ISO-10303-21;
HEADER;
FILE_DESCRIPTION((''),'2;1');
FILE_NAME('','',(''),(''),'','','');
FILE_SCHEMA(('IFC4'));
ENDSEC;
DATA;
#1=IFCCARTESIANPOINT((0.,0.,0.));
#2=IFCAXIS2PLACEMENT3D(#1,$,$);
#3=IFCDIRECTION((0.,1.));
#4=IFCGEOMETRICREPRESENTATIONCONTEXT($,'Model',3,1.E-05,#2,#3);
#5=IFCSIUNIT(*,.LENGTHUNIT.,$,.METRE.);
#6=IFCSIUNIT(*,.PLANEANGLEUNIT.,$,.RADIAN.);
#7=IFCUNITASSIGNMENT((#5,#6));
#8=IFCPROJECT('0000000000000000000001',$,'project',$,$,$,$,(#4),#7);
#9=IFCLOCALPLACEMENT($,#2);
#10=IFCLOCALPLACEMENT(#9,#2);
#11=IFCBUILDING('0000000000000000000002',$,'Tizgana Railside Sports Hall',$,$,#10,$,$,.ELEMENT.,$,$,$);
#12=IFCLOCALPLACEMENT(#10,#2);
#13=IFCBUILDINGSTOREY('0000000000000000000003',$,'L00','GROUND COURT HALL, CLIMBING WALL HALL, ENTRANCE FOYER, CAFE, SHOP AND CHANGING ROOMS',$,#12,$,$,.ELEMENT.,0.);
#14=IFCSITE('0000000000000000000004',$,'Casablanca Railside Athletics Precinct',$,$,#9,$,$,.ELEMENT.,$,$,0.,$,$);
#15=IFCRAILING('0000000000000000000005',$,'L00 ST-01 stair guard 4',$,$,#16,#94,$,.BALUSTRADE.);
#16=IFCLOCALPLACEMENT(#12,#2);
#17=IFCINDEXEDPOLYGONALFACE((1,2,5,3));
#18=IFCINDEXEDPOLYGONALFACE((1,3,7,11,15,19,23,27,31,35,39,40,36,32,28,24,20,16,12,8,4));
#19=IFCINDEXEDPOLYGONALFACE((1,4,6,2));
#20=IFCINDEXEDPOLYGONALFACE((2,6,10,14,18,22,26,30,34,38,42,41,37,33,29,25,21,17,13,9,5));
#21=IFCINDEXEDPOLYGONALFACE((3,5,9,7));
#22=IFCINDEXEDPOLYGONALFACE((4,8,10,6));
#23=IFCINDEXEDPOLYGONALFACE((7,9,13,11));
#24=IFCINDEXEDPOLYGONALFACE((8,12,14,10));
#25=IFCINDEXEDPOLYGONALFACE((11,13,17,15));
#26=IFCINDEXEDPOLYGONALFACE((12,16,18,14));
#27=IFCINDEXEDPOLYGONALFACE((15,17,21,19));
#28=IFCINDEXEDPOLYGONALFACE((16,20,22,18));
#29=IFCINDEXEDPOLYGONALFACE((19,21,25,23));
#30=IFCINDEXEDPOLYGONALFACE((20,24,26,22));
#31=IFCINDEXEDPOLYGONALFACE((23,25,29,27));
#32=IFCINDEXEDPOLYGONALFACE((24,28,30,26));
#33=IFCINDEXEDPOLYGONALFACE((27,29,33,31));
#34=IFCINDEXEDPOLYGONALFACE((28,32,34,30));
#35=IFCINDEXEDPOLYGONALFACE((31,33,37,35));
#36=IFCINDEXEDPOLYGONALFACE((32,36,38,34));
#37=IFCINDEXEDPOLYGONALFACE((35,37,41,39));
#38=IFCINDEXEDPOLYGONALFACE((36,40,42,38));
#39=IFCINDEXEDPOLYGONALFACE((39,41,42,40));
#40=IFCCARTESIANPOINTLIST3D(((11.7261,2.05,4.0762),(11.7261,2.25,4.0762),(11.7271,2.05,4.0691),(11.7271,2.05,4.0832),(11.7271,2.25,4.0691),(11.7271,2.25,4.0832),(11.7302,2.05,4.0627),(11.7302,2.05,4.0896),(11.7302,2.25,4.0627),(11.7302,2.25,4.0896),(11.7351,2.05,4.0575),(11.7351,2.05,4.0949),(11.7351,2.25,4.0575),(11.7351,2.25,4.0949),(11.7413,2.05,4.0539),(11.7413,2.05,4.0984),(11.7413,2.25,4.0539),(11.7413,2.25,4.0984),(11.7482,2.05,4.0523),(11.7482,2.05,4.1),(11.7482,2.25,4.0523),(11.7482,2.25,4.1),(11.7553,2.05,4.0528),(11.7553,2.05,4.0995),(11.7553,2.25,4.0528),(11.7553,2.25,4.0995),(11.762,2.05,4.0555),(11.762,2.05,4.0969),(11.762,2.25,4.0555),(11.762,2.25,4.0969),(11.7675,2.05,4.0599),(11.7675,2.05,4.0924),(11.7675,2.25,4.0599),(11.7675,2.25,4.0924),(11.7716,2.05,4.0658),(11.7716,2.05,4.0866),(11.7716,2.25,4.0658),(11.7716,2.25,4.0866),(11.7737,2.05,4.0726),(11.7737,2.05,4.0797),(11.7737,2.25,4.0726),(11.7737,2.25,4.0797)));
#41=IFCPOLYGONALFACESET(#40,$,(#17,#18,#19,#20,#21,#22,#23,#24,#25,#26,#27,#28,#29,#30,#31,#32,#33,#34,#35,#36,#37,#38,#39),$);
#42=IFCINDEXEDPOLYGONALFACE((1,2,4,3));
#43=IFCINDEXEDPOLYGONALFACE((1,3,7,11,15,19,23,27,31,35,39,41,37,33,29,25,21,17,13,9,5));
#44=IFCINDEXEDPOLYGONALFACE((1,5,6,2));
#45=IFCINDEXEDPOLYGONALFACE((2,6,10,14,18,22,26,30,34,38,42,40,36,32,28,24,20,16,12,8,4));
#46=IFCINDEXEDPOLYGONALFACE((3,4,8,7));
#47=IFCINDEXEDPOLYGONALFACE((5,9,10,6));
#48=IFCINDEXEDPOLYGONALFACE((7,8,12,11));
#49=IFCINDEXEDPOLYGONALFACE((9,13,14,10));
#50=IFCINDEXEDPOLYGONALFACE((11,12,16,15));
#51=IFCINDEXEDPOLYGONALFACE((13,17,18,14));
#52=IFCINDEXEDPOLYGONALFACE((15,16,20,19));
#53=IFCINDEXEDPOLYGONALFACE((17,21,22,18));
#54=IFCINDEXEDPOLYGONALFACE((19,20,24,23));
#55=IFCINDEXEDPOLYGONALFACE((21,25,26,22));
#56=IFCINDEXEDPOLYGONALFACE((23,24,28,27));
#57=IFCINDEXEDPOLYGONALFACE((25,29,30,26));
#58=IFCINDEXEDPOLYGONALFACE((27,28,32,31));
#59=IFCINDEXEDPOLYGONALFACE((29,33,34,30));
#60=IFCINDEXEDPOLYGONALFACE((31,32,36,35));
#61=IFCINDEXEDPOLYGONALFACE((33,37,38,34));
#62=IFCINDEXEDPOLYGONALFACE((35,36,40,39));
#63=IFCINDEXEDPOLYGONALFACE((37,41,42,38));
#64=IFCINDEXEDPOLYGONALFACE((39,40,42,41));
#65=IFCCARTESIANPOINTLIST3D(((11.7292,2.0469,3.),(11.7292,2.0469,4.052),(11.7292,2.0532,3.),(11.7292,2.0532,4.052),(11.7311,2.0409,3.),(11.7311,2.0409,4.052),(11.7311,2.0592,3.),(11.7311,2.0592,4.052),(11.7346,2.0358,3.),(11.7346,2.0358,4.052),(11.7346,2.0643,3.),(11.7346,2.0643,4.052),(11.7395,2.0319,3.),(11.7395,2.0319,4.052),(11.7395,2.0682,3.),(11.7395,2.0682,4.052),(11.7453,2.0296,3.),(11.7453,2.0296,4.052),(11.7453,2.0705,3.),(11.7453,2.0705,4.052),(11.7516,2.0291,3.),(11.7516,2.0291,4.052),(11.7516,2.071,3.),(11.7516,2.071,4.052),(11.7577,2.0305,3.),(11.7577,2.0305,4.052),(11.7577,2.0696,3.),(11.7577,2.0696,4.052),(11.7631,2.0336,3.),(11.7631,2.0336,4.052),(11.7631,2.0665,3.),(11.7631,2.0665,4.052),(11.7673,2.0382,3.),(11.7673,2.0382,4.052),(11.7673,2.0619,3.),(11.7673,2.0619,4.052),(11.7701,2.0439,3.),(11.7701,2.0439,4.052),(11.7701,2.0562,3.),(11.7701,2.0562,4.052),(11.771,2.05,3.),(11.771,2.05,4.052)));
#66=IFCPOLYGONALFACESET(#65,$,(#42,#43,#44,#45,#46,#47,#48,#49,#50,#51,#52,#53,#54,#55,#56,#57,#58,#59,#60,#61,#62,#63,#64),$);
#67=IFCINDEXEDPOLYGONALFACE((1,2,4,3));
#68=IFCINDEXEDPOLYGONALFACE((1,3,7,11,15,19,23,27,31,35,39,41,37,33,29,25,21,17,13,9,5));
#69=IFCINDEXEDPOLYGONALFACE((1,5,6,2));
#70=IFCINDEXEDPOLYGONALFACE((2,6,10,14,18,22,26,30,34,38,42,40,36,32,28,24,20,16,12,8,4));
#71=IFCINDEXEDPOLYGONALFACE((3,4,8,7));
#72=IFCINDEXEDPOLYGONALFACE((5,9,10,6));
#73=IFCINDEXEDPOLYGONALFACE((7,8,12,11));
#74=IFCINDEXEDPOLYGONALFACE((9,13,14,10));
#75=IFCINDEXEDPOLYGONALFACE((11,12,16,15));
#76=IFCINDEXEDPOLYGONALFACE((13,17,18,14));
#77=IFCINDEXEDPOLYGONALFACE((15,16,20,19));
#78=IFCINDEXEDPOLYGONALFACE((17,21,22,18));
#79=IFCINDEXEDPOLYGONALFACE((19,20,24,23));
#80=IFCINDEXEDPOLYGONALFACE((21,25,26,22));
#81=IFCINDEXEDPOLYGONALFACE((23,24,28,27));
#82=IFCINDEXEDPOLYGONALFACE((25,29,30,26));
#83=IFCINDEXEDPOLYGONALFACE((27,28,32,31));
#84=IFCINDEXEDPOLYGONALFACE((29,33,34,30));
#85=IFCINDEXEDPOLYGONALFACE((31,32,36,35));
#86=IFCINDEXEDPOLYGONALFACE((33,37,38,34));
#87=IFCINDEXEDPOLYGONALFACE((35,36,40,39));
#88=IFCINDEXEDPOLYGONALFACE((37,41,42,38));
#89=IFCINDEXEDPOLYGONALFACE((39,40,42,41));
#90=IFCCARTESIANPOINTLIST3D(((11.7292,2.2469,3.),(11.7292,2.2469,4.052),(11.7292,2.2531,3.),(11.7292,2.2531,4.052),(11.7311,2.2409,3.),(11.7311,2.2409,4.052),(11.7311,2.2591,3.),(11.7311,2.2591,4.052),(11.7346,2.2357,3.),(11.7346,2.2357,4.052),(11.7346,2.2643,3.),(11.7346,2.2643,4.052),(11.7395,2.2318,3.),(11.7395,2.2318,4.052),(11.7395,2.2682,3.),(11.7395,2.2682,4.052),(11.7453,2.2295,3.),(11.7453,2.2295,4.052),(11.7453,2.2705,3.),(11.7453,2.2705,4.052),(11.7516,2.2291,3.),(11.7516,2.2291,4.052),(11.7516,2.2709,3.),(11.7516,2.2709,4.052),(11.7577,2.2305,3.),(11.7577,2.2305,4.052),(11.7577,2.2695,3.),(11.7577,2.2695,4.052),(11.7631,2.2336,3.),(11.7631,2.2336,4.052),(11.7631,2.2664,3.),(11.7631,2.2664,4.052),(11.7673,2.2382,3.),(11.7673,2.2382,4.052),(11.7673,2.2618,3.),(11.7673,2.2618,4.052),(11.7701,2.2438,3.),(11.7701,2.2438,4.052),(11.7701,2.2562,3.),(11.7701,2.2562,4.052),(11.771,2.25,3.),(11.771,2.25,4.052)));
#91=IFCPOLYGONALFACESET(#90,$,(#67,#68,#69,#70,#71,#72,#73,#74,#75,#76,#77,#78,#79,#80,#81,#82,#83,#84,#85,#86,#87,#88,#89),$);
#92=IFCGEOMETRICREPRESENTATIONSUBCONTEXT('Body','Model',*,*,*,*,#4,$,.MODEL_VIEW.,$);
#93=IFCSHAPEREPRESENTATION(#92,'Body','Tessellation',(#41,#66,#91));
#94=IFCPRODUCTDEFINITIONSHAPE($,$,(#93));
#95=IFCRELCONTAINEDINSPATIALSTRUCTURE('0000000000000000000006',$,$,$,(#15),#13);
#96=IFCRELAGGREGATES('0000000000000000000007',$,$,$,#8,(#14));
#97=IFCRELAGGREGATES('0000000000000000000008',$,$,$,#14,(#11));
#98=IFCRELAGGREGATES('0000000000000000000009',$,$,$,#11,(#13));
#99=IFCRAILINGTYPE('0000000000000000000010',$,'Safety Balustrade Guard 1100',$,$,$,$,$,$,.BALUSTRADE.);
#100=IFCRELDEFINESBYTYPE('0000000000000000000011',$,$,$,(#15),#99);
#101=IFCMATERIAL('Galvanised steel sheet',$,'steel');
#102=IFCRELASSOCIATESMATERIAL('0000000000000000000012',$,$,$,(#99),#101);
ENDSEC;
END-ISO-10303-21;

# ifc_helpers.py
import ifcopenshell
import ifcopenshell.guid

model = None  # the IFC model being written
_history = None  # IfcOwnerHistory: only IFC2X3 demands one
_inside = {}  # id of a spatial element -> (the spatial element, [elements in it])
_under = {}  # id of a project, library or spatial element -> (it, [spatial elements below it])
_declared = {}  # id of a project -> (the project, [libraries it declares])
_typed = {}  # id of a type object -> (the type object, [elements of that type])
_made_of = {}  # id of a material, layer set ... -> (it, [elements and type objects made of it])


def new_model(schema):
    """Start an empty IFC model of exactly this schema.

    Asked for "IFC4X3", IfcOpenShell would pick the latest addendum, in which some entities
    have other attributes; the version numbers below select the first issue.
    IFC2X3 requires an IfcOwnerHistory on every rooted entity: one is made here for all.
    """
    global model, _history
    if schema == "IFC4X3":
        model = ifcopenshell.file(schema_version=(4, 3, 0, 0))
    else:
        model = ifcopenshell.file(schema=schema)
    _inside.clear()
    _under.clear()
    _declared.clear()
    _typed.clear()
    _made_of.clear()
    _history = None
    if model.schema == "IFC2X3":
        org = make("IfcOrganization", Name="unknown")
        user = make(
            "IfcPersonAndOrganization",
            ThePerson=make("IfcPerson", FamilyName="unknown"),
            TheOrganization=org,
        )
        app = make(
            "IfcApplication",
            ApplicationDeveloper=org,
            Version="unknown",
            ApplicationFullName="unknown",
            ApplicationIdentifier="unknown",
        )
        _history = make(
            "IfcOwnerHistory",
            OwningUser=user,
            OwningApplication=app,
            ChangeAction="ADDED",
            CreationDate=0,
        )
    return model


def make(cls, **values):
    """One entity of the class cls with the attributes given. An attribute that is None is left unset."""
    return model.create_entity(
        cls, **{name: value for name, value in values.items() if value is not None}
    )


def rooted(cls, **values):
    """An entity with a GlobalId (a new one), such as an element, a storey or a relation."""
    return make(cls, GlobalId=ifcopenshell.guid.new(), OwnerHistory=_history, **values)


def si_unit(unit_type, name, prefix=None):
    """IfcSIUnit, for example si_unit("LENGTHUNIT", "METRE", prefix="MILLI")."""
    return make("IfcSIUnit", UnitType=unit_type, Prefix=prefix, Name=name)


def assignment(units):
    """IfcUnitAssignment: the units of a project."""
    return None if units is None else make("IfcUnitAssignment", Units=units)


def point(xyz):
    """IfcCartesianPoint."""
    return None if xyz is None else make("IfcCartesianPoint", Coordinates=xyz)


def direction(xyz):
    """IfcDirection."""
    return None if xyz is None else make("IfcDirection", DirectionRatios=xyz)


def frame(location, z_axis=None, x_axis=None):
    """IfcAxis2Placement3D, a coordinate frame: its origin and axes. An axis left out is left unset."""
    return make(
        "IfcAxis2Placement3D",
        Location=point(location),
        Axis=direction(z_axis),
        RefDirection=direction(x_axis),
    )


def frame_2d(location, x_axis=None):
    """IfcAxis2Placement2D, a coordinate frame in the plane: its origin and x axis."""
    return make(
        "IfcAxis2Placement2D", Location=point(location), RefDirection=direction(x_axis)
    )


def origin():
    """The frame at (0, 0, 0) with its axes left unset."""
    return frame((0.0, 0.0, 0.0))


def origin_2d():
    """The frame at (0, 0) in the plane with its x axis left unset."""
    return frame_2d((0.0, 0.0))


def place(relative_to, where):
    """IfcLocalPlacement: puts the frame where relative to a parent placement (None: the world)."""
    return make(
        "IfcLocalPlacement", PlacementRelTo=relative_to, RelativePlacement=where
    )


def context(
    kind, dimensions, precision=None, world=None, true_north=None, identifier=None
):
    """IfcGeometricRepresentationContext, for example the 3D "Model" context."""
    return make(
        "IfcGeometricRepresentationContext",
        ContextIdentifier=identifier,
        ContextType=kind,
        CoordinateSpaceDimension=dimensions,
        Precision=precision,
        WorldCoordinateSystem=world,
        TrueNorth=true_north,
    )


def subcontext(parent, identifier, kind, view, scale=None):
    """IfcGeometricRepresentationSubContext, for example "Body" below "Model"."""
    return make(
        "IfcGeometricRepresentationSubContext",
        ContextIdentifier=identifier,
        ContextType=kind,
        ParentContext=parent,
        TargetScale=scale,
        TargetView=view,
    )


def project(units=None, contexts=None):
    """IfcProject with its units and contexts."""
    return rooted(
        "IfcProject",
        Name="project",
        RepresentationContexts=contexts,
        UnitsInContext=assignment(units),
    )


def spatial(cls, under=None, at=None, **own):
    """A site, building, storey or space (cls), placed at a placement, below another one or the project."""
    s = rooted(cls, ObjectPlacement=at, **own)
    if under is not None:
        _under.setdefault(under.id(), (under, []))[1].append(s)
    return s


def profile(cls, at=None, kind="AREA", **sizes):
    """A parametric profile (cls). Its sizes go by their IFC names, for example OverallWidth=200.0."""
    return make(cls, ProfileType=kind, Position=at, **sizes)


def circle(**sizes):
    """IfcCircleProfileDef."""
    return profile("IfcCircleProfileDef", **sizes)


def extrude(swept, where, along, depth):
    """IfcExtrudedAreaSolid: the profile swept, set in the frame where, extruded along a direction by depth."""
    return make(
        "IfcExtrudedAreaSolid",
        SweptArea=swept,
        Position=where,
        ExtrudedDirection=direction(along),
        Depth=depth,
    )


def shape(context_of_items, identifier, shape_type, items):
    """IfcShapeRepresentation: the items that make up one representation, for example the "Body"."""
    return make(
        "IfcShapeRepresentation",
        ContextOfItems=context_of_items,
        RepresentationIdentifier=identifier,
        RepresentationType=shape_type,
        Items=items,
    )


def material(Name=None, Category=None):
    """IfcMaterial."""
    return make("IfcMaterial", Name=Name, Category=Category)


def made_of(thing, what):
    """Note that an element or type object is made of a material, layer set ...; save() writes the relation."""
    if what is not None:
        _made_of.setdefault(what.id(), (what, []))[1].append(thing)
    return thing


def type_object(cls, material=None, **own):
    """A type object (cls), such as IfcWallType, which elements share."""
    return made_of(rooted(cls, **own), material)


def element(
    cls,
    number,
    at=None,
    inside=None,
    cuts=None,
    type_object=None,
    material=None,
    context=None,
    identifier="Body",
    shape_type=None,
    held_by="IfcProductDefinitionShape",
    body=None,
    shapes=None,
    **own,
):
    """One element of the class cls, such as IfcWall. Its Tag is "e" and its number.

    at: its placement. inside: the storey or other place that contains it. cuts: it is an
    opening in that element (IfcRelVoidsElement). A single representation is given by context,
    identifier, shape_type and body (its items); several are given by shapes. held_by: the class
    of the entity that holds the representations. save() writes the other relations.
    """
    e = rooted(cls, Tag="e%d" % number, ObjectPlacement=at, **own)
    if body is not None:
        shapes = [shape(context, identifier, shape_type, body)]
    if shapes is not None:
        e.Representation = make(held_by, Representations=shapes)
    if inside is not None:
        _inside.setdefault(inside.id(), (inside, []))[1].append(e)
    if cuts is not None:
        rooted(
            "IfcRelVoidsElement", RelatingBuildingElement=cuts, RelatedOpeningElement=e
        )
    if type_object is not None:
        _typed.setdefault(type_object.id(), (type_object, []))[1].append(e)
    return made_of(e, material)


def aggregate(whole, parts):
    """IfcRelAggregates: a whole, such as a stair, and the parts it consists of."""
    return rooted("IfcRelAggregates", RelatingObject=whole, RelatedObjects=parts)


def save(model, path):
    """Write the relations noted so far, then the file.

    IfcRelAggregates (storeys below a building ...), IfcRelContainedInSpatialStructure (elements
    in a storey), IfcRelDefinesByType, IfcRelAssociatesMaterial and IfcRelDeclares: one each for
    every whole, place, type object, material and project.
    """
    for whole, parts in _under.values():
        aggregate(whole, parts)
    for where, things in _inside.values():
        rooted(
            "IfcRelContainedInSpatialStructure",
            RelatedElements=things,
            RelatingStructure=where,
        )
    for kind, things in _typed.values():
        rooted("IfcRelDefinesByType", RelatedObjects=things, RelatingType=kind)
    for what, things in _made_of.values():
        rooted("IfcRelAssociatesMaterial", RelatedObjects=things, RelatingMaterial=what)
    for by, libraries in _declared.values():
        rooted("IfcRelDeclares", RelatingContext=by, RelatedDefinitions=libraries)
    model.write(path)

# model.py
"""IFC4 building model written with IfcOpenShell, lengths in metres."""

from ifc_helpers import new_model, si_unit, direction, frame, origin, origin_2d, place, context, subcontext, project, spatial, circle, extrude, material, type_object, element, save


model = new_model("IFC4")

# Units and contexts
model_context = context("Model", 3, precision=1e-05, world=origin(), true_north=direction((0.0, 1.0)))
body_context = subcontext(model_context, "Body", "Model", "MODEL_VIEW")
ifc_project = project(units=[si_unit("LENGTHUNIT", "METRE"), si_unit("PLANEANGLEUNIT", "RADIAN")], contexts=[model_context])

# Site, building, storey
site_placement = place(None, origin())
site = spatial("IfcSite", under=ifc_project, at=site_placement, Name="Casablanca Railside Athletics Precinct", CompositionType="ELEMENT", RefElevation=0.0)
building_placement = place(site_placement, origin())
building = spatial("IfcBuilding", under=site, at=building_placement, Name="Tizgana Railside Sports Hall", CompositionType="ELEMENT")
storey_placement = place(building_placement, origin())
storey = spatial("IfcBuildingStorey", under=building, at=storey_placement, Name="L00", Description="GROUND COURT HALL, CLIMBING WALL HALL, ENTRANCE FOYER, CAFE, SHOP AND CHANGING ROOMS", CompositionType="ELEMENT", Elevation=0.0)

# Railing
ifc_material_1 = material(Name="Galvanised steel sheet", Category="steel")
railing_type_1 = type_object("IfcRailingType", Name="Safety Balustrade Guard 1100", PredefinedType="BALUSTRADE", material=ifc_material_1)
railing_1_placement = place(storey_placement, frame((11.75, 2.05, 3.0)))
element("IfcRailing", 1, at=railing_1_placement, inside=storey, type_object=railing_type_1, Name="L00 ST-01 stair guard 4", PredefinedType="BALUSTRADE", context=body_context, shape_type="SweptSolid", body=[
    extrude(circle(Radius=0.0239, at=origin_2d()), frame((0.0, 0.0, 1.0762), z_axis=(0.0, 1.0, 0.0), x_axis=(-1.0, 0.0, 0.0)), (0.0, 0.0, 1.0), 0.2),
    extrude(circle(Radius=0.021, at=origin_2d()), origin(), (0.0, 0.0, 1.0), 1.052),
    extrude(circle(Radius=0.021, at=origin_2d()), frame((0.0, 0.2, 0.0)), (0.0, 0.0, 1.0), 1.052),
])

save(model, "model.ifc")
